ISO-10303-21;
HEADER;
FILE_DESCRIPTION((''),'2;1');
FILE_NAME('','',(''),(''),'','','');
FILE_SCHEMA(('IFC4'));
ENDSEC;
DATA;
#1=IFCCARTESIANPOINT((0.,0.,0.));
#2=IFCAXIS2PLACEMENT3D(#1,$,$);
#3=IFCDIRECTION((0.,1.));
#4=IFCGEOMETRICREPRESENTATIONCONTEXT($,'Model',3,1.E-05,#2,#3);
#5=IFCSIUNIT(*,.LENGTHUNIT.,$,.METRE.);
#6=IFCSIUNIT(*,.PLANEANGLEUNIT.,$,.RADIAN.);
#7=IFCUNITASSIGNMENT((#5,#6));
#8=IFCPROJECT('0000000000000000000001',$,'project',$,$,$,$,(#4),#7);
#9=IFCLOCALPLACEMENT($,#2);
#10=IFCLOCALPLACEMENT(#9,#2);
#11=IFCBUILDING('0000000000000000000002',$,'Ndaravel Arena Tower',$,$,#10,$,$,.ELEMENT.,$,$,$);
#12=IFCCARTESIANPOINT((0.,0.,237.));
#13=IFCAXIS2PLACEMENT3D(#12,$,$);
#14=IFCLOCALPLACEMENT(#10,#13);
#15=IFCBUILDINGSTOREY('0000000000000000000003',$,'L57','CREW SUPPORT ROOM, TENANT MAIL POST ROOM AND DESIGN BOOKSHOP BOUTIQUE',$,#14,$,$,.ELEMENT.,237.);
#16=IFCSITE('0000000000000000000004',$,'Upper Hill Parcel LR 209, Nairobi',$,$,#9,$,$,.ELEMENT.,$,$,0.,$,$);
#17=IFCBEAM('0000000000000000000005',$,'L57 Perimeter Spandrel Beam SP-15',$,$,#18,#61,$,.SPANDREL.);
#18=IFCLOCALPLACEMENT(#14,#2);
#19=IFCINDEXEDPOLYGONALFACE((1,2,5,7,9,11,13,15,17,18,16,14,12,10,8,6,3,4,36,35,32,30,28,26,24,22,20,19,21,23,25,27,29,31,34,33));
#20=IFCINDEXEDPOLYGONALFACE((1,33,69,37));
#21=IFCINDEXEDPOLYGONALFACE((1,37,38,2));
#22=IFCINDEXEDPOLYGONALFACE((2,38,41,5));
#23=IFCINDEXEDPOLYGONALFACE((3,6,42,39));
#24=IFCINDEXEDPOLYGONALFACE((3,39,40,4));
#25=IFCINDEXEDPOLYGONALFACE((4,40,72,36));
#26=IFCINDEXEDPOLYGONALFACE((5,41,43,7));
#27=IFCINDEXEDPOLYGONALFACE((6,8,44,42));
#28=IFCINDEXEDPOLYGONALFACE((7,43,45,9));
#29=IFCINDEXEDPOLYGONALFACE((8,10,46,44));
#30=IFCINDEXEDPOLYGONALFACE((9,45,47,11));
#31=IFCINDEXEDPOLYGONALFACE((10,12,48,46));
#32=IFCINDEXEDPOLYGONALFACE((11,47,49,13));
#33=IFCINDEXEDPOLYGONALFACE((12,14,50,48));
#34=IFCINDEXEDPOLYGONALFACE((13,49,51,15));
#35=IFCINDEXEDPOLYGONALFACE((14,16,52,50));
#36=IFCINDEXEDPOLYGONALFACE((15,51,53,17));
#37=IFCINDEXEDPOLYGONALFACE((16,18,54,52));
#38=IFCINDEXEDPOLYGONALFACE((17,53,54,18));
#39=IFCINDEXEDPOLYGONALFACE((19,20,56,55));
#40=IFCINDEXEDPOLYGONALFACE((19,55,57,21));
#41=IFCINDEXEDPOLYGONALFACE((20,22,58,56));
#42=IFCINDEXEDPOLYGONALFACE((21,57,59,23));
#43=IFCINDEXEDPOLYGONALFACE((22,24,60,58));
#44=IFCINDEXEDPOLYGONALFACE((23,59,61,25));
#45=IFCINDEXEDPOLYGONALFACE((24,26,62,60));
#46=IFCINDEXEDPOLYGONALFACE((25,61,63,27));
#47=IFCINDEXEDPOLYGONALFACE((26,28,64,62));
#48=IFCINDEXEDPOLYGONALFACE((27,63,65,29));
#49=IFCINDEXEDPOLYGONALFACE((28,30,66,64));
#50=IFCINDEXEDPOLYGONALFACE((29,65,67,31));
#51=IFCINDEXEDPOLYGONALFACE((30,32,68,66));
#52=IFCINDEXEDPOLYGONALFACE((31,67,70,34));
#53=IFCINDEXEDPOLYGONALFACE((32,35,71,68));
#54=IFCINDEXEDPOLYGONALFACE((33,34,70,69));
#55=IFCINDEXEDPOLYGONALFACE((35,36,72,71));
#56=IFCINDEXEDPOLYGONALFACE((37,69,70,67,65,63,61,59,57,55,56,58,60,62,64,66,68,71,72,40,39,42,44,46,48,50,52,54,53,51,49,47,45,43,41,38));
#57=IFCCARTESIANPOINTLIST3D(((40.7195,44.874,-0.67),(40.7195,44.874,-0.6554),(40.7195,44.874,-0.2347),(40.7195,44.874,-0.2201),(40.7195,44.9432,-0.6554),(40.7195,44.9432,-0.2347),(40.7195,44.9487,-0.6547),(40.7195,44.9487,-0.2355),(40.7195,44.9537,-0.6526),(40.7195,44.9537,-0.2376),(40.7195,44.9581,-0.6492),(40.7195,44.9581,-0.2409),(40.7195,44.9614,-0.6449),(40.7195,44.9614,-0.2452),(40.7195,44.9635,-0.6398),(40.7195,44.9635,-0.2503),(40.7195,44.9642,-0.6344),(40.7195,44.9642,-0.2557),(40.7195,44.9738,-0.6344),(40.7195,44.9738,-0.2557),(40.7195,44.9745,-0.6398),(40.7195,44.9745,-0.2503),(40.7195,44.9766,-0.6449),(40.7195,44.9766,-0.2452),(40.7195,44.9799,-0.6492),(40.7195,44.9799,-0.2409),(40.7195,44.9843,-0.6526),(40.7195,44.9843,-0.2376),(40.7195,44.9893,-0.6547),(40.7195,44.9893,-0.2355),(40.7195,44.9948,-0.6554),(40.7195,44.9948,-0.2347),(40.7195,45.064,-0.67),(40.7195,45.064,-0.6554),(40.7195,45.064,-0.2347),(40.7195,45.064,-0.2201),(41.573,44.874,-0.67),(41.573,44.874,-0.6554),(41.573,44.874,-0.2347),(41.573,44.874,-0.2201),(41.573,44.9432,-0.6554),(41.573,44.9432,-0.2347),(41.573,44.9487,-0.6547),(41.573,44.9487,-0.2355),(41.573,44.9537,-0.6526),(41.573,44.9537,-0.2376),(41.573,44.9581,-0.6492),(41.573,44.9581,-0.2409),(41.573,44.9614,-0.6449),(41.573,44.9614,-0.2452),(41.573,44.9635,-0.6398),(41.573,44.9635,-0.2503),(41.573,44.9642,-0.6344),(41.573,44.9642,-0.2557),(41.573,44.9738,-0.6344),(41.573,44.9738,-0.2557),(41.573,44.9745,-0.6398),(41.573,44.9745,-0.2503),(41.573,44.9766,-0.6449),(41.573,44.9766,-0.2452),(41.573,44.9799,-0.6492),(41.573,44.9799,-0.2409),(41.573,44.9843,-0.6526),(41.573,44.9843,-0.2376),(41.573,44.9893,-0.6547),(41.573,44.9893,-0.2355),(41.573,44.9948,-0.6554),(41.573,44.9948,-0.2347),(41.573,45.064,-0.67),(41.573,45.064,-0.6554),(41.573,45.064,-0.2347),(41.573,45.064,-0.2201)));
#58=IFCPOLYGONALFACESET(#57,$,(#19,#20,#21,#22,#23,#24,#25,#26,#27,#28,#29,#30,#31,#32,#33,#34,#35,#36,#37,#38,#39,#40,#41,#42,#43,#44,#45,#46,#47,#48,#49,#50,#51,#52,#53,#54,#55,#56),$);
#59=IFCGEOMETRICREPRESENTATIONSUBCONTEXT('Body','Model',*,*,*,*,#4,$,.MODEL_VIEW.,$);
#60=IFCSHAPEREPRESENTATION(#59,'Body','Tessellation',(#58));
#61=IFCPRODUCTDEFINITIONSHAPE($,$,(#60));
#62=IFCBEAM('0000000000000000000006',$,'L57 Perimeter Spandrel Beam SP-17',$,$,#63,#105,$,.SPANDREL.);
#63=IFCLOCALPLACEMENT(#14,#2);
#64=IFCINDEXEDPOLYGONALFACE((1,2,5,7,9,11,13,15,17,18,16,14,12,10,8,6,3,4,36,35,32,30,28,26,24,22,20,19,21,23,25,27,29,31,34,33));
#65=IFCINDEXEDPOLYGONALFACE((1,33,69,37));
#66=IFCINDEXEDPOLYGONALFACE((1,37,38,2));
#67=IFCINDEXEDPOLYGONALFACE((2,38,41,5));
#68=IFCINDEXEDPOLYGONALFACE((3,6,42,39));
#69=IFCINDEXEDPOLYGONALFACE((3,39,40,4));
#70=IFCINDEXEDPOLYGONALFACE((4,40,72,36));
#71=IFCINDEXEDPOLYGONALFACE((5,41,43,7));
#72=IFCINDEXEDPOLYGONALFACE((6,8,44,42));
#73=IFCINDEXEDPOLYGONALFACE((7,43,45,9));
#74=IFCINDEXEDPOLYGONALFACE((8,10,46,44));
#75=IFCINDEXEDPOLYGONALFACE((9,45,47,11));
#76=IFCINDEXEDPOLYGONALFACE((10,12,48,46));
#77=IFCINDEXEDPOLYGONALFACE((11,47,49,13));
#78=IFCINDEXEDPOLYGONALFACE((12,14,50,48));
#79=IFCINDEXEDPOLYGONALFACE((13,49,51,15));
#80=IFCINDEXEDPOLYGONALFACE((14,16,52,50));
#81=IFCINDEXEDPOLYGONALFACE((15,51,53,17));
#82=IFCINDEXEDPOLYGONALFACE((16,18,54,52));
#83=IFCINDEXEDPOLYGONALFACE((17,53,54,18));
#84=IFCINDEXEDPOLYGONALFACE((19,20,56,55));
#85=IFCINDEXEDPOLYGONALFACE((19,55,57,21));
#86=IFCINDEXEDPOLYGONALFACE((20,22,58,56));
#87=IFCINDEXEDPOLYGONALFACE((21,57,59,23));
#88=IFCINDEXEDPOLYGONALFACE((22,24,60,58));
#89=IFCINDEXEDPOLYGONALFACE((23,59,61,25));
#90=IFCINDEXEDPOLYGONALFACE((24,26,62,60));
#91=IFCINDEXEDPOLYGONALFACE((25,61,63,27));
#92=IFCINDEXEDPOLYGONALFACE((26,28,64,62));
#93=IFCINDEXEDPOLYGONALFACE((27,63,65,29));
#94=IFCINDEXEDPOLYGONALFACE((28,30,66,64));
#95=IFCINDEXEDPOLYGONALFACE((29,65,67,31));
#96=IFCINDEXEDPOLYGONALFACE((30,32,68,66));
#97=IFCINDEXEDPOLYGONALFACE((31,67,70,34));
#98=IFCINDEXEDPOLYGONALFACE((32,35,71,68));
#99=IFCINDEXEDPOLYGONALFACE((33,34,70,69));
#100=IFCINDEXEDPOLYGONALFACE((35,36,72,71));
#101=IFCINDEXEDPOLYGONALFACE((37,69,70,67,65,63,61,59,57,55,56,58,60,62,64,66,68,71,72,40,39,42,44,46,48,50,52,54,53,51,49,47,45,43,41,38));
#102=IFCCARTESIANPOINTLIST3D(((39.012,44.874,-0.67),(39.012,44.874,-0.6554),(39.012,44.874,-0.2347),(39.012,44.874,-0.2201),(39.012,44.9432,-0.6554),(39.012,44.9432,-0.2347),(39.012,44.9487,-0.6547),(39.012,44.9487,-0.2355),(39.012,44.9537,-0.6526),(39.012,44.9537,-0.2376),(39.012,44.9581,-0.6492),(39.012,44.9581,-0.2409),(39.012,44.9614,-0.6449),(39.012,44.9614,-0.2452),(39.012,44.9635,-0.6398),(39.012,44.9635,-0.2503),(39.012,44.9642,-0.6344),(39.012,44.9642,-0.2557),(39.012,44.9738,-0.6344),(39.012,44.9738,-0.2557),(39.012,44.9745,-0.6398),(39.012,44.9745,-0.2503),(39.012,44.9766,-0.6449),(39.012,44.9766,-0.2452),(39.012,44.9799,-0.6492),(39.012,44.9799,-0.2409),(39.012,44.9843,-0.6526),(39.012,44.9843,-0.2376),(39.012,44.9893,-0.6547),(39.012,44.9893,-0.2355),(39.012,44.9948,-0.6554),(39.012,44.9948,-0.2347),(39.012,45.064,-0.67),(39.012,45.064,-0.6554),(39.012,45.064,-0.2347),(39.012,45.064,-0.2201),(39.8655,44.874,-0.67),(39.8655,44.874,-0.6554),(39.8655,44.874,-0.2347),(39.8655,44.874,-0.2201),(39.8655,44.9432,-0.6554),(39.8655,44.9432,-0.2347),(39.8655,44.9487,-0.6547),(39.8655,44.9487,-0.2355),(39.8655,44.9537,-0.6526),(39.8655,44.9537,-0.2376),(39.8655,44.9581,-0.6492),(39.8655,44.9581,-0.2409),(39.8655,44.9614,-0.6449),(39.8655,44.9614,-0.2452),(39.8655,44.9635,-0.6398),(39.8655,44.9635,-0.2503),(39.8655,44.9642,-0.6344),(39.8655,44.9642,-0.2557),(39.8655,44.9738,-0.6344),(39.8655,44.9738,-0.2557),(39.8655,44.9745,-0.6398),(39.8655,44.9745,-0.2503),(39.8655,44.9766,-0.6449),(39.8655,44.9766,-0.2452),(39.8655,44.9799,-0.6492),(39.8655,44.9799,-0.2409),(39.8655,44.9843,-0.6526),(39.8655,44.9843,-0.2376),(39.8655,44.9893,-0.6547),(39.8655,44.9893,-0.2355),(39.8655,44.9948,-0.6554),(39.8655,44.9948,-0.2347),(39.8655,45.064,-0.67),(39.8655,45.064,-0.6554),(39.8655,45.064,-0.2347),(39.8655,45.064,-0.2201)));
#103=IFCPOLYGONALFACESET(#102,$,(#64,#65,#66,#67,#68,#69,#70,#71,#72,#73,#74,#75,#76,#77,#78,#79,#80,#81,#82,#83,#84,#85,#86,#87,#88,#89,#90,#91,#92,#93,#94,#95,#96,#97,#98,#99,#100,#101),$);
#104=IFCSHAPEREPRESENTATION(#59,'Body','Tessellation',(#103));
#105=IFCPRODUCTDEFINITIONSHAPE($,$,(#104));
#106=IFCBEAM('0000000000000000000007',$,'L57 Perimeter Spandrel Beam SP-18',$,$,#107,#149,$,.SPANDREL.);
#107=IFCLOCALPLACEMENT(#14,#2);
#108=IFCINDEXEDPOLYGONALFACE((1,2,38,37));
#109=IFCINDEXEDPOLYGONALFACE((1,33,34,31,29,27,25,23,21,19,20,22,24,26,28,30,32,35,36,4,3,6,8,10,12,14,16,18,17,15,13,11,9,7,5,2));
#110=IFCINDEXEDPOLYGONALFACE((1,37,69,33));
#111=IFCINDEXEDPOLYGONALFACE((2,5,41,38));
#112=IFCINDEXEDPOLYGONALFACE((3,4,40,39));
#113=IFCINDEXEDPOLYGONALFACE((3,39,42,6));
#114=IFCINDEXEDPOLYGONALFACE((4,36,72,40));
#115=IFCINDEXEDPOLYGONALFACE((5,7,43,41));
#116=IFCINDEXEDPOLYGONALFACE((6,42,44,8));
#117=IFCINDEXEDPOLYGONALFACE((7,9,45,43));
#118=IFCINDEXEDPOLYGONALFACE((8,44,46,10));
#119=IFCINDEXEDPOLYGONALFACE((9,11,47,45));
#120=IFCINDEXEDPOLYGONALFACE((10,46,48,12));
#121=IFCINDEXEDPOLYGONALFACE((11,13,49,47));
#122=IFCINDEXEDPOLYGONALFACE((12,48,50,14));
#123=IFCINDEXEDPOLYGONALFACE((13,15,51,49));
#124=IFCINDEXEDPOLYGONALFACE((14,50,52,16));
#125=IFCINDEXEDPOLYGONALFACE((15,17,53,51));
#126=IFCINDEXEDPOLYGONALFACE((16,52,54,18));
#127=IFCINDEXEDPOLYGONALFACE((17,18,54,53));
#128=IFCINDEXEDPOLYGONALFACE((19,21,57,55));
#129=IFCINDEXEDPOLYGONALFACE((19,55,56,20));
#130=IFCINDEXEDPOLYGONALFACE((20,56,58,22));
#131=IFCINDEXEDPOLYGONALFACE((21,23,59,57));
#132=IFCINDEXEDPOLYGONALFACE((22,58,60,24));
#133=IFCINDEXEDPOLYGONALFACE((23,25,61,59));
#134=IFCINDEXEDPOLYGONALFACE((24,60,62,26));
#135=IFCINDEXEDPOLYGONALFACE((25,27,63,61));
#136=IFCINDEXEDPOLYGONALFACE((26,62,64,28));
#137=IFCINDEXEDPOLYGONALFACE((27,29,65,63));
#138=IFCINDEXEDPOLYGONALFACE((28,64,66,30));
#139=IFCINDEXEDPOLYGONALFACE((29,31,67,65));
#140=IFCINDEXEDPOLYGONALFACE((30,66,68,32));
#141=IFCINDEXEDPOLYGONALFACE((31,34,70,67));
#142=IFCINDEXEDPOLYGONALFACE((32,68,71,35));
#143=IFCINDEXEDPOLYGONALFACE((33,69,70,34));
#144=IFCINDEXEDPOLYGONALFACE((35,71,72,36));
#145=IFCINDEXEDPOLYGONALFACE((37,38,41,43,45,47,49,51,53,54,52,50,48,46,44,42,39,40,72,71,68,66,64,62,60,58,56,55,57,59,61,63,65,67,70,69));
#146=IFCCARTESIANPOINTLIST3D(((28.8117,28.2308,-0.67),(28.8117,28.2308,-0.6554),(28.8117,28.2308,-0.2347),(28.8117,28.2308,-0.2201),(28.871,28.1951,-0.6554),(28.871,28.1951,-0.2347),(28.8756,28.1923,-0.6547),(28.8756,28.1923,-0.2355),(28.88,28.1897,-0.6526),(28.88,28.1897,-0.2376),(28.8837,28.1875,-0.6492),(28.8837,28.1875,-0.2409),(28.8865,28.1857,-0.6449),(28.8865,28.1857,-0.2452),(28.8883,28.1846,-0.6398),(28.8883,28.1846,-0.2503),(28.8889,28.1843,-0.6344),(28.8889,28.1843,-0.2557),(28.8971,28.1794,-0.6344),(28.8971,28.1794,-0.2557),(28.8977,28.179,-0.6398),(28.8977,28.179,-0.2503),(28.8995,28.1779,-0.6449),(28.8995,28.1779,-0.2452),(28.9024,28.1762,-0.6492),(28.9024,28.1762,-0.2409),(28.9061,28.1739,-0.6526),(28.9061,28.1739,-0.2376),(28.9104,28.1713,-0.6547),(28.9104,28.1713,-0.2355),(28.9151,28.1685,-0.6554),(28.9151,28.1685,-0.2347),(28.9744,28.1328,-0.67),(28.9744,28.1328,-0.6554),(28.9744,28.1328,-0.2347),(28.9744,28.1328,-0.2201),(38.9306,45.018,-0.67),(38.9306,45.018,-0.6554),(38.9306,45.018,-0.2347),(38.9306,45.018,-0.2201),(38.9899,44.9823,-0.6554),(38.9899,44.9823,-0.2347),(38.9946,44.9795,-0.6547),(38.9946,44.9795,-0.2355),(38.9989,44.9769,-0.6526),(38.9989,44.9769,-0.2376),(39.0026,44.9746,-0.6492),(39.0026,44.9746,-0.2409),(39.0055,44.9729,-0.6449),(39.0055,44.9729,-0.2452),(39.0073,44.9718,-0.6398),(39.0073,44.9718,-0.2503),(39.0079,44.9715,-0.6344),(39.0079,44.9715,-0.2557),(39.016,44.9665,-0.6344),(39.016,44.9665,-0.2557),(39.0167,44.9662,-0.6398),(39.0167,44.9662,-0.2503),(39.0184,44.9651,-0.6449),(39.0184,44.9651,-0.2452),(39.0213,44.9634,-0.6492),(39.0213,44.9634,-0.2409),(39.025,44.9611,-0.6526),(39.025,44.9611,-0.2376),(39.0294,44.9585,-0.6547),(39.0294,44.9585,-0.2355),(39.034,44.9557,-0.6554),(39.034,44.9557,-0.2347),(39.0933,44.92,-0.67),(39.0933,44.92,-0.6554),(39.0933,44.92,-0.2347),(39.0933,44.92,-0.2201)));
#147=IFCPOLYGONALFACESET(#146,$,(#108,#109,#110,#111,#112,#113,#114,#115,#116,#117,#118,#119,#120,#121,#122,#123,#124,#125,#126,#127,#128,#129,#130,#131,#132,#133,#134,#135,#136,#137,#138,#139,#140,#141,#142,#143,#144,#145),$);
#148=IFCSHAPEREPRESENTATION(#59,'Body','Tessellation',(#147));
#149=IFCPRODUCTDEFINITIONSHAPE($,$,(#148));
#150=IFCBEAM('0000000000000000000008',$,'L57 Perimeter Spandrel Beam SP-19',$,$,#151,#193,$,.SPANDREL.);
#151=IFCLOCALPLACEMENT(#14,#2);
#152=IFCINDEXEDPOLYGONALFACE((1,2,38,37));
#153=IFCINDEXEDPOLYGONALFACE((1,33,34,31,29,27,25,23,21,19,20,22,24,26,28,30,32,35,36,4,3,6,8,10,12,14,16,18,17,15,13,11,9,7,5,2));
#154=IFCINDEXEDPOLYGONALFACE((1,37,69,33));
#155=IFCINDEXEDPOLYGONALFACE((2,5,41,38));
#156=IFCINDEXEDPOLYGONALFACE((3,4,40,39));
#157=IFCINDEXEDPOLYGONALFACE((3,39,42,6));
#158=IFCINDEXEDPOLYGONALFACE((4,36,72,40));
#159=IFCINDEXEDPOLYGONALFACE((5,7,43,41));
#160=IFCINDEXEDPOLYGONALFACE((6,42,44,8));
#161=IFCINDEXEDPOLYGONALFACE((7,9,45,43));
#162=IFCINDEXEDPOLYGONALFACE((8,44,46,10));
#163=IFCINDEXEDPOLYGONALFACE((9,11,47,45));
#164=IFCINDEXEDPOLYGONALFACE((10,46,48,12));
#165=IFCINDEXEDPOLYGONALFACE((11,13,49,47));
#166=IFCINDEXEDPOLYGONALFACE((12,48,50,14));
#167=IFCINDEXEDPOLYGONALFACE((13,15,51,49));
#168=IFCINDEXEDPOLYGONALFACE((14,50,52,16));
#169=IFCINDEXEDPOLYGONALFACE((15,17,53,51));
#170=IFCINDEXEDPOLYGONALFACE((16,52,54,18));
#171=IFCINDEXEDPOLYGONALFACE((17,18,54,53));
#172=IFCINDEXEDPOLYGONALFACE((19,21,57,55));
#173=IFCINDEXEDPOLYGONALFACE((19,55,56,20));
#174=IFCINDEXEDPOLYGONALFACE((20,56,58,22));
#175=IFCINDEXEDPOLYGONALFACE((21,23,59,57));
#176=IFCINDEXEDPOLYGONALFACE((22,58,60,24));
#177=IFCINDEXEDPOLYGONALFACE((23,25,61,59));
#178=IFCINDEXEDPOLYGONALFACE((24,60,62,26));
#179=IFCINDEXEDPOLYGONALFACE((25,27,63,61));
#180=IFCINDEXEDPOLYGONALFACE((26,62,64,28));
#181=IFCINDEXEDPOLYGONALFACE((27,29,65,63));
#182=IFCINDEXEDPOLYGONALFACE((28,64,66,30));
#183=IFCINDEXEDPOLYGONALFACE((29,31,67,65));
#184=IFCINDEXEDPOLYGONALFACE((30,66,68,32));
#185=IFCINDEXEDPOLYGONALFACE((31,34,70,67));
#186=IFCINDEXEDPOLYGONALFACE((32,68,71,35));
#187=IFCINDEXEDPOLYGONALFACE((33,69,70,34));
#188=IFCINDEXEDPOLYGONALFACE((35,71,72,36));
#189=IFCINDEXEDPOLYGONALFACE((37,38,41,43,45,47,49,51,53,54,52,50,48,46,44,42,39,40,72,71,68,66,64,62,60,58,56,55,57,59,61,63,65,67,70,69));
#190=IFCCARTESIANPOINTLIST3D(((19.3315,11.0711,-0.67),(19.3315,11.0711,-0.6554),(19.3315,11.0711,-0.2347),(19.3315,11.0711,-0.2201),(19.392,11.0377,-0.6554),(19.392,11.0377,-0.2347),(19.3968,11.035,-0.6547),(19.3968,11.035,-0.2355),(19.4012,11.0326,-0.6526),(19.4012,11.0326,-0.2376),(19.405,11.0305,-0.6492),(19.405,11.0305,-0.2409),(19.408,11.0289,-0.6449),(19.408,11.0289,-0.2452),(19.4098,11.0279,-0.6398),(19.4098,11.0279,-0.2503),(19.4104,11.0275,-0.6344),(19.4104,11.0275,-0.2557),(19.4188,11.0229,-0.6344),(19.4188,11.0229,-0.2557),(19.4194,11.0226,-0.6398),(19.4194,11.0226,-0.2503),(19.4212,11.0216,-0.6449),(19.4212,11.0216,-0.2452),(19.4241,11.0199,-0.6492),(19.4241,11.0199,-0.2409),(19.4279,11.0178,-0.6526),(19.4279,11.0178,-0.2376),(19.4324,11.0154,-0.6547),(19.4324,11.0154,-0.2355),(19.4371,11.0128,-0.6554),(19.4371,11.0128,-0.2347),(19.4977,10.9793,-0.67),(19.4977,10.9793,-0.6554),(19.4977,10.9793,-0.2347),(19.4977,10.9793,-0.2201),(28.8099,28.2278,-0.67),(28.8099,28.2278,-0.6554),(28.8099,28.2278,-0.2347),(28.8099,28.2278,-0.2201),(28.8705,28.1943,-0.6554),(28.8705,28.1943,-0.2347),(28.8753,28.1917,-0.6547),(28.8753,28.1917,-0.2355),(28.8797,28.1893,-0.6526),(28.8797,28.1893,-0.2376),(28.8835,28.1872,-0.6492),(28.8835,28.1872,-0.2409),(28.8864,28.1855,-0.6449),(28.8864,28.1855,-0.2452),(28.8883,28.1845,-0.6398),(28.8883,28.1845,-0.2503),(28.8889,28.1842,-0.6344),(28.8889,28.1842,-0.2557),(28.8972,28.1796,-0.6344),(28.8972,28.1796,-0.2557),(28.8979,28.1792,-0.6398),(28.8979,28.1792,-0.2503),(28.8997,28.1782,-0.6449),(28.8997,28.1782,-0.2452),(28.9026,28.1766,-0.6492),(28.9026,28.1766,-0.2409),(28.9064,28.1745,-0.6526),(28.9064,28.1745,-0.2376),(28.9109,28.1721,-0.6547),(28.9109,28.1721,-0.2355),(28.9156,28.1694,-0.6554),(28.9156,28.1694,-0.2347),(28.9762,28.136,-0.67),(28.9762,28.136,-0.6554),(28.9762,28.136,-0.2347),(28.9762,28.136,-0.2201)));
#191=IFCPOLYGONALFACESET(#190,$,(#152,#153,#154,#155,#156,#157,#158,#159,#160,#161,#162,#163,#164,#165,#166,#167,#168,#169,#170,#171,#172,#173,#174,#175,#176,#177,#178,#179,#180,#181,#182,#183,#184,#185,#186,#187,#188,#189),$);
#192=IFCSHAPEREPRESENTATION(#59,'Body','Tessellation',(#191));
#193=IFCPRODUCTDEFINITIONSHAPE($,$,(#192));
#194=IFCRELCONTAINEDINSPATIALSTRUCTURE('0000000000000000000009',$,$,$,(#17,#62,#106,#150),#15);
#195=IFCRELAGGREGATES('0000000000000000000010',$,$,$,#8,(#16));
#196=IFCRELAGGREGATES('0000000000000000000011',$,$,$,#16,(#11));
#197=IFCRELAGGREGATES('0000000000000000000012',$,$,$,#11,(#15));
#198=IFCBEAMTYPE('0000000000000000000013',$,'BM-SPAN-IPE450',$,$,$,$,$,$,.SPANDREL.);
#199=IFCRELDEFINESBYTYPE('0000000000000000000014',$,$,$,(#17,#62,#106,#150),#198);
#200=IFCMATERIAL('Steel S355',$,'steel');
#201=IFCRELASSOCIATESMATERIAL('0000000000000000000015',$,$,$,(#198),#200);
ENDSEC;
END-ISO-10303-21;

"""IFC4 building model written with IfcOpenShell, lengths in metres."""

from ifc_helpers import new_model, si_unit, direction, frame, origin, origin_2d, place, context, subcontext, project, spatial, i_section, extrude, material, material_profile, profile_set, type_object, element, save


model = new_model("IFC4")

# Units and contexts
model_context = context("Model", 3, precision=1e-05, world=origin(), true_north=direction((0.0, 1.0)))
body_context = subcontext(model_context, "Body", "Model", "MODEL_VIEW")
ifc_project = project(units=[si_unit("LENGTHUNIT", "METRE"), si_unit("PLANEANGLEUNIT", "RADIAN")], contexts=[model_context])

# Site, building, storey
site_placement = place(None, origin())
site = spatial("IfcSite", under=ifc_project, at=site_placement, Name="Upper Hill Parcel LR 209, Nairobi", CompositionType="ELEMENT", RefElevation=0.0)
building_placement = place(site_placement, origin())
building = spatial("IfcBuilding", under=site, at=building_placement, Name="Ndaravel Arena Tower", CompositionType="ELEMENT")
storey_placement = place(building_placement, frame((0.0, 0.0, 237.0)))
storey = spatial("IfcBuildingStorey", under=building, at=storey_placement, Name="L57", Description="CREW SUPPORT ROOM, TENANT MAIL POST ROOM AND DESIGN BOOKSHOP BOUTIQUE", CompositionType="ELEMENT", Elevation=237.0)

# Beams
ifc_material_1 = material(Name="Steel S355", Category="steel")
ifc_material_profile_1 = material_profile(ifc_material_1, i_section(OverallWidth=0.1899, OverallDepth=0.45, WebThickness=0.0095, FlangeThickness=0.0146, FilletRadius=0.021, at=origin_2d()), Name="IPE 450")
ifc_profile_set_1 = profile_set([ifc_material_profile_1], Name="Steel S355")
beam_type_1 = type_object("IfcBeamType", Name="BM-SPAN-IPE450", PredefinedType="SPANDREL", material=ifc_profile_set_1)
for number, where, z_axis, x_axis, name in (
    (1, (41.573, 44.969, -0.4451), (-1.0, 0.0, 0.0), (0.0, -1.0, 0.0), "L57 Perimeter Spandrel Beam SP-15"),
    (2, (39.8655, 44.969, -0.4451), (-1.0, 0.0, 0.0), (0.0, -1.0, 0.0), "L57 Perimeter Spandrel Beam SP-17"),
):
    element("IfcBeam", number, at=place(storey_placement, frame(where, z_axis=z_axis, x_axis=x_axis)), inside=storey, type_object=beam_type_1, Name=name, PredefinedType="SPANDREL", context=body_context, shape_type="SweptSolid", body=[
        extrude(i_section(OverallWidth=0.1899, OverallDepth=0.45, WebThickness=0.0095, FlangeThickness=0.0146, FilletRadius=0.021, at=origin_2d()), origin(), (0.0, 0.0, 1.0), 0.8535),
    ])
beam_1_placement = place(storey_placement, frame((39.012, 44.969, -0.4451), z_axis=(-0.516244, -0.856442, 0.0), x_axis=(0.856442, -0.516244, 0.0)))
element("IfcBeam", 3, at=beam_1_placement, inside=storey, type_object=beam_type_1, Name="L57 Perimeter Spandrel Beam SP-18", PredefinedType="SPANDREL", context=body_context, shape_type="SweptSolid", body=[
    extrude(i_section(OverallWidth=0.1899, OverallDepth=0.45, WebThickness=0.0095, FlangeThickness=0.0146, FilletRadius=0.021, at=origin_2d()), origin(), (0.0, 0.0, 1.0), 19.6011),
])
beam_2_placement = place(storey_placement, frame((28.8931, 28.1819, -0.4451), z_axis=(-0.483575, -0.875303, 0.0), x_axis=(0.875303, -0.483575, 0.0)))
element("IfcBeam", 4, at=beam_2_placement, inside=storey, type_object=beam_type_1, Name="L57 Perimeter Spandrel Beam SP-19", PredefinedType="SPANDREL", context=body_context, shape_type="SweptSolid", body=[
    extrude(i_section(OverallWidth=0.1899, OverallDepth=0.45, WebThickness=0.0095, FlangeThickness=0.0146, FilletRadius=0.021, at=origin_2d()), origin(), (0.0, 0.0, 1.0), 19.6008),
])

save(model, "model.ifc")
